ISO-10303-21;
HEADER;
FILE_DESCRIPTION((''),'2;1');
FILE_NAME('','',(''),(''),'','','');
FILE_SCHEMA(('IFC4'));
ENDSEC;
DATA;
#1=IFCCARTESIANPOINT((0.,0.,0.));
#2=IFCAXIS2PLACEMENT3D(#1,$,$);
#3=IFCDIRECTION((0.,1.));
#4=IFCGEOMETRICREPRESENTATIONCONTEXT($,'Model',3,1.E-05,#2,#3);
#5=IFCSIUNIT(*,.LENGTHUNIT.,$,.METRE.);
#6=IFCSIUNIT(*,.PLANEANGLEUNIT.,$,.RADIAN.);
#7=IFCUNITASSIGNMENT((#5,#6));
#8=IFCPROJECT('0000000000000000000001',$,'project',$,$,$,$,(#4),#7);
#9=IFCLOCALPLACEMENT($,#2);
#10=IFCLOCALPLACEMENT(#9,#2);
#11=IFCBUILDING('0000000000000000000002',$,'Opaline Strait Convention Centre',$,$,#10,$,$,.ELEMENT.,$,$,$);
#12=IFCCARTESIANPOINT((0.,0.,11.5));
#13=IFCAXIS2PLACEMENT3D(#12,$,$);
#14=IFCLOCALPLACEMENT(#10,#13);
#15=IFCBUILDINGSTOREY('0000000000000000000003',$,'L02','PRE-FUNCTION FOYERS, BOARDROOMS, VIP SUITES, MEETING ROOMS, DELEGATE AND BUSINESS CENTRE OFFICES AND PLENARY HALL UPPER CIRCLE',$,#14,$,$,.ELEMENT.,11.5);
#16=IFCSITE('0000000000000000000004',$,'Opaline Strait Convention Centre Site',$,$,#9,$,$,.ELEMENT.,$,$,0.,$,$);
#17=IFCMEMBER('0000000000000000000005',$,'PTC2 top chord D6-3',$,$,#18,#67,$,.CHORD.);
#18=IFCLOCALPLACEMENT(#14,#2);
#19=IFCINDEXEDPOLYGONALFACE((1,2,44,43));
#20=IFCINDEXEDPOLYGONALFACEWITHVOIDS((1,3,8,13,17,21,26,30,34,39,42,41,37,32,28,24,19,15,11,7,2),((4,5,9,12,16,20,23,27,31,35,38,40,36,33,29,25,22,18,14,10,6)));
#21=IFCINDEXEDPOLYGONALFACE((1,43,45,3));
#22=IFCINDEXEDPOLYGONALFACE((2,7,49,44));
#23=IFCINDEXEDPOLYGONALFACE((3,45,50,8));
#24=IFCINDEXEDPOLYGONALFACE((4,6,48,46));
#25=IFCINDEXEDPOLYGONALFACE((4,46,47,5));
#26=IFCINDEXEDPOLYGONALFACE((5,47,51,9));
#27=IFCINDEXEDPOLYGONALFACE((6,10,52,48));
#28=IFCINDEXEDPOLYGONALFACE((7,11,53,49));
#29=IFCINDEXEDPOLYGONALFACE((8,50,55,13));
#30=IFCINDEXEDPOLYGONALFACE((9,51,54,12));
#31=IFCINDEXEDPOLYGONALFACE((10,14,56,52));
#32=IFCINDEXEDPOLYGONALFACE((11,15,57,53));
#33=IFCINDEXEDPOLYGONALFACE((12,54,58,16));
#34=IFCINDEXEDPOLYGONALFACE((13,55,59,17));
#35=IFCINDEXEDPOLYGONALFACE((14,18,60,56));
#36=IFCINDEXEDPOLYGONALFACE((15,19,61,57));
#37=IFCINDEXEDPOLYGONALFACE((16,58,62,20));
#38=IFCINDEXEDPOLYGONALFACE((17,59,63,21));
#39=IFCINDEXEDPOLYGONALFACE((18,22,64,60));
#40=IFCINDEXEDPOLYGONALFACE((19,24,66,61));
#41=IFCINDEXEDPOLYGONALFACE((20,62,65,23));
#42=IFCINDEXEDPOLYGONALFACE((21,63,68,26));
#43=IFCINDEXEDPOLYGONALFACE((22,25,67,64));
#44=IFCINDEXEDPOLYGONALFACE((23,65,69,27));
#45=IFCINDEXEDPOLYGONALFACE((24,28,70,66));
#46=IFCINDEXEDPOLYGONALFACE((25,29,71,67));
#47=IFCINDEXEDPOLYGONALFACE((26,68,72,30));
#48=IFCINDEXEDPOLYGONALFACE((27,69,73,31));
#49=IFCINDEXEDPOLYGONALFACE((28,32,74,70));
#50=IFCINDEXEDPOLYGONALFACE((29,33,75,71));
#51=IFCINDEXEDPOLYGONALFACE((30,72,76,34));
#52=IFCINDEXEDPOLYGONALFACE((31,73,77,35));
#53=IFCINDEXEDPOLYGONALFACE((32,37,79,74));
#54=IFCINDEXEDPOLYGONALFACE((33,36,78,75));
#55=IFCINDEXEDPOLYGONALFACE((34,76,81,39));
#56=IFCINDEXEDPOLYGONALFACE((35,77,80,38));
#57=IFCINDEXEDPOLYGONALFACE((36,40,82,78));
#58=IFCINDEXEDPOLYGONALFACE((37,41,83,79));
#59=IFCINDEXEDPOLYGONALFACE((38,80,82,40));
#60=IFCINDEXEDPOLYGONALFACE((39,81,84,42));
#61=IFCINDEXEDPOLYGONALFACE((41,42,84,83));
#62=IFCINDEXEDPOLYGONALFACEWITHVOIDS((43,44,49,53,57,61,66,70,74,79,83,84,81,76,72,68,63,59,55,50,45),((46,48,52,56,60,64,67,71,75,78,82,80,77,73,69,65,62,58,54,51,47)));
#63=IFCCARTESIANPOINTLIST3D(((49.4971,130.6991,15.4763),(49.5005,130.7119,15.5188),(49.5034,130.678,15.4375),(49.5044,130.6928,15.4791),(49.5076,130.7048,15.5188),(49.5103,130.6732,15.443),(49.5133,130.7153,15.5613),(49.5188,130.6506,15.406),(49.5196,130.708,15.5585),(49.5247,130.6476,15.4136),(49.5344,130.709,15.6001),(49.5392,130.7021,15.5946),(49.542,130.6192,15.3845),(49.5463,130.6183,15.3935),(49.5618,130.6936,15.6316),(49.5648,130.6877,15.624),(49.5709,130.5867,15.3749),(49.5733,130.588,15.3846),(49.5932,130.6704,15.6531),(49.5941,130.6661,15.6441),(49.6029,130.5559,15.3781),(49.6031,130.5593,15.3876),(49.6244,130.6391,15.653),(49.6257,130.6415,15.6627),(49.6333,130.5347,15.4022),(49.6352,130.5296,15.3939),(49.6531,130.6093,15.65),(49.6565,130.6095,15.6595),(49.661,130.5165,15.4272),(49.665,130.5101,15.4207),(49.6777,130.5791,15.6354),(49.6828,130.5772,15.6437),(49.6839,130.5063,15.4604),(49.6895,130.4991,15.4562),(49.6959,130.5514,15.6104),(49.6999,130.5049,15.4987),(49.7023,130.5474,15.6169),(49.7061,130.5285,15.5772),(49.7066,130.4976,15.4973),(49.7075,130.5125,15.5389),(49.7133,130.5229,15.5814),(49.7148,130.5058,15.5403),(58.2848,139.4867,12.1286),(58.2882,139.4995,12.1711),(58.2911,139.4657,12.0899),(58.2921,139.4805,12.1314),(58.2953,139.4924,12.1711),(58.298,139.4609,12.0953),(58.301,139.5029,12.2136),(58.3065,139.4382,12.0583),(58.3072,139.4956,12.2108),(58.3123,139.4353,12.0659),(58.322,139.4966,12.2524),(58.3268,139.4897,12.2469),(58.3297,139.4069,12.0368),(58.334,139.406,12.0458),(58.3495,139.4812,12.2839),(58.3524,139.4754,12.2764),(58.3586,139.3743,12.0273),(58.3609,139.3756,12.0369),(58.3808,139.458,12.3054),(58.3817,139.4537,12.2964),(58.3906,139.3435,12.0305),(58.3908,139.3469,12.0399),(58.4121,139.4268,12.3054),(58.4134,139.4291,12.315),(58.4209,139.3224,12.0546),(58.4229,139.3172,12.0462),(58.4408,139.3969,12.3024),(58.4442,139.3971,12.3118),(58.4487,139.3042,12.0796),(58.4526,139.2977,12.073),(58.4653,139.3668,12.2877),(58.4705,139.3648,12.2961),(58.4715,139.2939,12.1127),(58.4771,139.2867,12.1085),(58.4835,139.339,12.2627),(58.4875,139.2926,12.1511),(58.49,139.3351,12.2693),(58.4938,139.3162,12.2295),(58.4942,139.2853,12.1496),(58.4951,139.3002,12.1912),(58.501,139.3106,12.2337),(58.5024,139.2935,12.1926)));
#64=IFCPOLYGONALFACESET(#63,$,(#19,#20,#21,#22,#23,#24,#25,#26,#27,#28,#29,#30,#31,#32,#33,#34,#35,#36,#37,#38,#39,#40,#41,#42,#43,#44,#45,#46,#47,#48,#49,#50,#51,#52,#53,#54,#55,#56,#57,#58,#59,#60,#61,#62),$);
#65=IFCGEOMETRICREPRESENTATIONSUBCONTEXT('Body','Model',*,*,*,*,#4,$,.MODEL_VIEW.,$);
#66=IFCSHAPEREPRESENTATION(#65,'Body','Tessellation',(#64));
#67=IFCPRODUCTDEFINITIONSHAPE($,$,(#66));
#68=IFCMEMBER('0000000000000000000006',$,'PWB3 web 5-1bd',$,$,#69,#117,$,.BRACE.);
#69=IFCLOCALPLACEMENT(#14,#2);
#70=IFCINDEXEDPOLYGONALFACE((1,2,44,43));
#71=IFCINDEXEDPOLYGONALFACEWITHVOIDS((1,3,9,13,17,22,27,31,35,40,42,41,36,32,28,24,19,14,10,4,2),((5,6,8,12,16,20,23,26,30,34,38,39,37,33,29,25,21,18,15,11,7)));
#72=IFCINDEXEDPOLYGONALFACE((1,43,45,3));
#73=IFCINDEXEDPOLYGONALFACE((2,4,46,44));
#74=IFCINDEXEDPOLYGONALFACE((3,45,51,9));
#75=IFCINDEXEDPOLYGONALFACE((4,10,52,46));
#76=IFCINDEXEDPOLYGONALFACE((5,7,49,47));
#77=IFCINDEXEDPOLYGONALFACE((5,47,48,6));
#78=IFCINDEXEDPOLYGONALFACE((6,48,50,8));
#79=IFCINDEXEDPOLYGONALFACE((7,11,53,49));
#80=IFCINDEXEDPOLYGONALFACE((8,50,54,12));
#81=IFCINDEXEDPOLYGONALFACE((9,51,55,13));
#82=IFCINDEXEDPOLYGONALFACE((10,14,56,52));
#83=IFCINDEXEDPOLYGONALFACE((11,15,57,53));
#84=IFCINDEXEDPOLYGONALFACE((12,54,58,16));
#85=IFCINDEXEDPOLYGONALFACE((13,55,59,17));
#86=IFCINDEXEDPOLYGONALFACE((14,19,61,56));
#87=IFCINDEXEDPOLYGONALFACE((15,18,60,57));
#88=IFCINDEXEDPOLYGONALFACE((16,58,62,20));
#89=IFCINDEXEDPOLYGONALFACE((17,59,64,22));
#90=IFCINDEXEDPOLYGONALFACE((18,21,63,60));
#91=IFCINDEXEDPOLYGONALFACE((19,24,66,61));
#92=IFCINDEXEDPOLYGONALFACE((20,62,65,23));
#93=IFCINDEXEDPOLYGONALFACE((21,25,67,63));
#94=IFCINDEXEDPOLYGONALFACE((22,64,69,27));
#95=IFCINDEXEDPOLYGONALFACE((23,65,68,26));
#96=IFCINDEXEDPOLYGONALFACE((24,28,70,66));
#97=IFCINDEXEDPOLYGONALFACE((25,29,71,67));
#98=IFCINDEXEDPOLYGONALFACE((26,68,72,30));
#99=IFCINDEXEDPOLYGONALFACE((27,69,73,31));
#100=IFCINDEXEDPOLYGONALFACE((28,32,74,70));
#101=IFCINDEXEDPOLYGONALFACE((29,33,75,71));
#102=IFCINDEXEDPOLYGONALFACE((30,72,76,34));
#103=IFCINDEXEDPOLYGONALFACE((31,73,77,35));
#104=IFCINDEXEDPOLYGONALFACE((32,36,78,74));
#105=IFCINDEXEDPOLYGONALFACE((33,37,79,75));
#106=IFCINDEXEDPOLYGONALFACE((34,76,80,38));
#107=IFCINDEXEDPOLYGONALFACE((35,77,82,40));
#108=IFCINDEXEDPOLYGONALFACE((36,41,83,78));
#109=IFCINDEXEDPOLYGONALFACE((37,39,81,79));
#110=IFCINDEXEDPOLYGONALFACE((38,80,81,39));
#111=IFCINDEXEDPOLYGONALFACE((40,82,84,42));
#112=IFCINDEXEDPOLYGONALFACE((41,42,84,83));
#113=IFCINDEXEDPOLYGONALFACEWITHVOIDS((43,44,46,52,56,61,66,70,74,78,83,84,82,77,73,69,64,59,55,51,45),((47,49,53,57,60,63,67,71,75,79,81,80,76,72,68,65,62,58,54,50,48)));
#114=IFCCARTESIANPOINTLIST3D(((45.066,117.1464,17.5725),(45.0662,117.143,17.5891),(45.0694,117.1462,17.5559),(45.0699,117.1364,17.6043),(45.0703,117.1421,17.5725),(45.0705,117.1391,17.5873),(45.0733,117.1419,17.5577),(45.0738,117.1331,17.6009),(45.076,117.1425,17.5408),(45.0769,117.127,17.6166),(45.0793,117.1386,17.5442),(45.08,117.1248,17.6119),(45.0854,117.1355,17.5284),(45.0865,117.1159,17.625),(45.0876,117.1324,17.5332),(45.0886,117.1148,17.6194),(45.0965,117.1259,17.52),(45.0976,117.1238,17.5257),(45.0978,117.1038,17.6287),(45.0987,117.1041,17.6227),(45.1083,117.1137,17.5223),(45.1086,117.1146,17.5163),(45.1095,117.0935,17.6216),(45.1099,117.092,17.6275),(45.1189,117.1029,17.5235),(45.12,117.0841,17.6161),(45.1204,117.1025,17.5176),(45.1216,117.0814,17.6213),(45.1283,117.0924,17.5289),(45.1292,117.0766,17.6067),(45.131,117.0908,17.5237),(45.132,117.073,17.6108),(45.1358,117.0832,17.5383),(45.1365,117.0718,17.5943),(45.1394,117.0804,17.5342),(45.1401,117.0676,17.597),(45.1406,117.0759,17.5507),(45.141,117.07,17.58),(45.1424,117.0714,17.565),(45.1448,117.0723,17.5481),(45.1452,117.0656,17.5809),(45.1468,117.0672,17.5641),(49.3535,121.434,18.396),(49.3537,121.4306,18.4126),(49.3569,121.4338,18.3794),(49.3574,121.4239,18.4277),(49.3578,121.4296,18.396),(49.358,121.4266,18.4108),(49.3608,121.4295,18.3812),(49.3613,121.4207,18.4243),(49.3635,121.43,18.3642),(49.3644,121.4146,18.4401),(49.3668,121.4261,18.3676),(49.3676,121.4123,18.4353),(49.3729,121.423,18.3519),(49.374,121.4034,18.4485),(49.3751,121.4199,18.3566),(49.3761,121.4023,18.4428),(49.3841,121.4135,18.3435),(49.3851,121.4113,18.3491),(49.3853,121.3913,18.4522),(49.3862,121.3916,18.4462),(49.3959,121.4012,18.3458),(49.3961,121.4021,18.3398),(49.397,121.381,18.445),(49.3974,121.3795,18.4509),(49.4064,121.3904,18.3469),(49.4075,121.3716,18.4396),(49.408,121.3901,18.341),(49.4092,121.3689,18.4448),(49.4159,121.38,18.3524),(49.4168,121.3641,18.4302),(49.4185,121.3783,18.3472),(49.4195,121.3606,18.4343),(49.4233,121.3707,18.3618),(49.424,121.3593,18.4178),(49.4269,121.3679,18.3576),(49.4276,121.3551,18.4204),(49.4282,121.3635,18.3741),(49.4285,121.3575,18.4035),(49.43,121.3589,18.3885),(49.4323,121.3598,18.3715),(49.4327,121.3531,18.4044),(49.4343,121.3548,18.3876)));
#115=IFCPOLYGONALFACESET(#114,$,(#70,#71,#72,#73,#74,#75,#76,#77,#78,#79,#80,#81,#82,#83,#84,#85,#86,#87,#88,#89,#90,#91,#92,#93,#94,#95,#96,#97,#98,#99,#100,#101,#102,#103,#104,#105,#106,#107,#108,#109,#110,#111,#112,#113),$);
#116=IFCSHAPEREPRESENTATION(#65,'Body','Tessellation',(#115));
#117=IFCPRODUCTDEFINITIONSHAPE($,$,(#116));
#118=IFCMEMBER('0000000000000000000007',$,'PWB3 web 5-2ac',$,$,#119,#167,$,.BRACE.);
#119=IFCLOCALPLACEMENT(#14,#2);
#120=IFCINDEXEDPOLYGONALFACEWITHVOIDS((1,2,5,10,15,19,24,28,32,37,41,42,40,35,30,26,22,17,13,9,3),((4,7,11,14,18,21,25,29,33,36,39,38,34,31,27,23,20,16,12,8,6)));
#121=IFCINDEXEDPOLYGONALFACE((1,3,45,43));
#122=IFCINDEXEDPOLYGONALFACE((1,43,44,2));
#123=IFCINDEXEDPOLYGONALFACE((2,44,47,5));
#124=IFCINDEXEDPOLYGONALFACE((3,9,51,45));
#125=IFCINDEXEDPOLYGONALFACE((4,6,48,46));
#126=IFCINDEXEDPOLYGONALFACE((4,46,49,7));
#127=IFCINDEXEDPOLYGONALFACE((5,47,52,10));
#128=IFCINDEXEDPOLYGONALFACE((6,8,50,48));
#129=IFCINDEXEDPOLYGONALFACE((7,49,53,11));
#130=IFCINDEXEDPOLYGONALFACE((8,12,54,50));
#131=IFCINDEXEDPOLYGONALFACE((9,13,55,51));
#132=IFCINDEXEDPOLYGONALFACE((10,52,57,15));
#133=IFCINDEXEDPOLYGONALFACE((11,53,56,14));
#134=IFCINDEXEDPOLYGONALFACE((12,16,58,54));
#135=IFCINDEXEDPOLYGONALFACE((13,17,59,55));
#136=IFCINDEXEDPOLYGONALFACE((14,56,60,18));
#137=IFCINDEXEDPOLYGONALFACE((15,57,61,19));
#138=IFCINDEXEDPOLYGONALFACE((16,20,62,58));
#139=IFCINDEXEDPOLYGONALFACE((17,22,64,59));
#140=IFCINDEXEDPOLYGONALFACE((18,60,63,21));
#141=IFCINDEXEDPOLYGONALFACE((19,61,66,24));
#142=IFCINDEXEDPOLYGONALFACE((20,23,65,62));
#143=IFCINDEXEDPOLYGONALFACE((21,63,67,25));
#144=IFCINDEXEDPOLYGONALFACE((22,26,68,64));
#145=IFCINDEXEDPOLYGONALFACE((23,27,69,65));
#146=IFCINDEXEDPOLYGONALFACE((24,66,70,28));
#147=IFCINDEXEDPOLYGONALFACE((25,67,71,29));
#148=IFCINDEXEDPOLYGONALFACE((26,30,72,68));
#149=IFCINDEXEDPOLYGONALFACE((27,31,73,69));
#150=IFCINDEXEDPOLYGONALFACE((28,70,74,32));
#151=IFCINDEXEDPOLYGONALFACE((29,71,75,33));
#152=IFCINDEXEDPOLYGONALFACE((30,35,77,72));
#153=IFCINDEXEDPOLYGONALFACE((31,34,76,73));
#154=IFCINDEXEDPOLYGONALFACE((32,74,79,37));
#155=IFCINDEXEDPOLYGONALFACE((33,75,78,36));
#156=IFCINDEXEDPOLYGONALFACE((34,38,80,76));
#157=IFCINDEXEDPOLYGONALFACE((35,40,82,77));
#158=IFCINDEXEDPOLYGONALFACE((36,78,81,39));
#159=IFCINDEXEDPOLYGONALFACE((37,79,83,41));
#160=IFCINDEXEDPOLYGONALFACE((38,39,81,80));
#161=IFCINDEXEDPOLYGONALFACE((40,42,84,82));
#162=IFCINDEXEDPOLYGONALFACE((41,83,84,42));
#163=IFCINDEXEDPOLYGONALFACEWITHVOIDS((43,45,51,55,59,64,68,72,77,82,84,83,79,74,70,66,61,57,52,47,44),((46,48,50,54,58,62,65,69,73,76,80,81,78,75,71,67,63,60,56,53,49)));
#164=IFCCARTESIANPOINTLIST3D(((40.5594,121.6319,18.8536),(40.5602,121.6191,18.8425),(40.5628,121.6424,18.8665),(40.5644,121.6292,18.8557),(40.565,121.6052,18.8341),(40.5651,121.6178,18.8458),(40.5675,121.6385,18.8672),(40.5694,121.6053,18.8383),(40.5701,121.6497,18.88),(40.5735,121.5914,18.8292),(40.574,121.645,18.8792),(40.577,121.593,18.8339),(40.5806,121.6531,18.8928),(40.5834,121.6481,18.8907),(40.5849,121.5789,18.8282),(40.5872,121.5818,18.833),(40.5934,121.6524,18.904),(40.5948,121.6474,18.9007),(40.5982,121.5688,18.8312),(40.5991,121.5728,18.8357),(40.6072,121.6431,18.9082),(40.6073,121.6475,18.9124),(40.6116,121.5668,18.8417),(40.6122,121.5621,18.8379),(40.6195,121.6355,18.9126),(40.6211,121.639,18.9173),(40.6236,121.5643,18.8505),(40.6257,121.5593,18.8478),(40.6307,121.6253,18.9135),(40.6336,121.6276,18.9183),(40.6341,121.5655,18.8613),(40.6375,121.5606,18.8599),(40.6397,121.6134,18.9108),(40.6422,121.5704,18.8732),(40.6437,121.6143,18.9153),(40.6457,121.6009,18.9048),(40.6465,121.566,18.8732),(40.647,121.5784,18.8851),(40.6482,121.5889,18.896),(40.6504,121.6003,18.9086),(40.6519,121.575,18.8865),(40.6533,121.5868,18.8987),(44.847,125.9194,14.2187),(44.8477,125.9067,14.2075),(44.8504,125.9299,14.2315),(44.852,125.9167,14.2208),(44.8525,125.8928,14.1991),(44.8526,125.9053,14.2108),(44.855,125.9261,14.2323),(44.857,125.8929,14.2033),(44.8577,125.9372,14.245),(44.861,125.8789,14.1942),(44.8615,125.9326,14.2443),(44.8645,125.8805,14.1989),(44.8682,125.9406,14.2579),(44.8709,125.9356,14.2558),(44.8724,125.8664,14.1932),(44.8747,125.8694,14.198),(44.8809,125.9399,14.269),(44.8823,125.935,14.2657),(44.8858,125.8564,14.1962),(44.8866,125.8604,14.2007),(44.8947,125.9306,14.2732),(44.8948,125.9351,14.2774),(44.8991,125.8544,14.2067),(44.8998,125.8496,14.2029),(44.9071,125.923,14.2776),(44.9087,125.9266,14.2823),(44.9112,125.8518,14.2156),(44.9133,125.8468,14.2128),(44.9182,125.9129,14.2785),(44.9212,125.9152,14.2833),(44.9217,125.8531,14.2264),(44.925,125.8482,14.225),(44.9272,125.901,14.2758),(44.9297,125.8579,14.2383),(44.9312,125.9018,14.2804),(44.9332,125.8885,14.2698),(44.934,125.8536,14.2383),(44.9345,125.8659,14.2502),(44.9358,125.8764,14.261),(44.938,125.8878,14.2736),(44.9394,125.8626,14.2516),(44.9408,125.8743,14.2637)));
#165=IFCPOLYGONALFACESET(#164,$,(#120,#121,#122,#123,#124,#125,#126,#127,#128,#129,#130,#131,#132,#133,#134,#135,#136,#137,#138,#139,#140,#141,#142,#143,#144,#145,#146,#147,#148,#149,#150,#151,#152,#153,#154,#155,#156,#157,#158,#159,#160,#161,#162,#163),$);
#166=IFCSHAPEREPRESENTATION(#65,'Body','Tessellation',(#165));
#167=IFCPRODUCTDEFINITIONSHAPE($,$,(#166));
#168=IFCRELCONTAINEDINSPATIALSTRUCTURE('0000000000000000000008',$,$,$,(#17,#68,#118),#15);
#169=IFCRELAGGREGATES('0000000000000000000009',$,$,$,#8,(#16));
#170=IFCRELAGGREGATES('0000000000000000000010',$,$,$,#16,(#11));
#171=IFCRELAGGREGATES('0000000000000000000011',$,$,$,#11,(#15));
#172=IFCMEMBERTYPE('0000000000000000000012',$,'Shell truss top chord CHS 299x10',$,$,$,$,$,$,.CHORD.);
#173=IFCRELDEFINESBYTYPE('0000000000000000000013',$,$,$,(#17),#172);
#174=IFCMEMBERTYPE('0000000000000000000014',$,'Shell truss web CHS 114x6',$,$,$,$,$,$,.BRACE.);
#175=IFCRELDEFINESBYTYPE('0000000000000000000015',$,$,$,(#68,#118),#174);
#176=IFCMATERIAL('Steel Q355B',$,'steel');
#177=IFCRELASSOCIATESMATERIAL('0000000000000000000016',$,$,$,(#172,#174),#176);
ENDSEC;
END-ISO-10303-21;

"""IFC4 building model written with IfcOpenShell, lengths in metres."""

from ifc_helpers import new_model, si_unit, direction, frame, origin, origin_2d, place, context, subcontext, project, spatial, hollow_circle, extrude, material, material_profile, profile_set, type_object, element, save


model = new_model("IFC4")

# Units and contexts
model_context = context("Model", 3, precision=1e-05, world=origin(), true_north=direction((0.0, 1.0)))
body_context = subcontext(model_context, "Body", "Model", "MODEL_VIEW")
ifc_project = project(units=[si_unit("LENGTHUNIT", "METRE"), si_unit("PLANEANGLEUNIT", "RADIAN")], contexts=[model_context])

# Site, building, storey
site_placement = place(None, origin())
site = spatial("IfcSite", under=ifc_project, at=site_placement, Name="Opaline Strait Convention Centre Site", CompositionType="ELEMENT", RefElevation=0.0)
building_placement = place(site_placement, origin())
building = spatial("IfcBuilding", under=site, at=building_placement, Name="Opaline Strait Convention Centre", CompositionType="ELEMENT")
storey_placement = place(building_placement, frame((0.0, 0.0, 11.5)))
storey = spatial("IfcBuildingStorey", under=building, at=storey_placement, Name="L02", Description="PRE-FUNCTION FOYERS, BOARDROOMS, VIP SUITES, MEETING ROOMS, DELEGATE AND BUSINESS CENTRE OFFICES AND PLENARY HALL UPPER CIRCLE", CompositionType="ELEMENT", Elevation=11.5)

# Members
ifc_material_1 = material(Name="Steel Q355B", Category="steel")
ifc_material_profile_1 = material_profile(ifc_material_1, hollow_circle(Radius=0.1494, WallThickness=0.01, at=origin_2d()), Name="CHS 299x10")
ifc_profile_set_1 = profile_set([ifc_material_profile_1], Name="Steel Q355B")
member_type_1 = type_object("IfcMemberType", Name="Shell truss top chord CHS 299x10", PredefinedType="CHORD", material=ifc_profile_set_1)
member_1_placement = place(storey_placement, frame((49.6062, 130.6062, 15.5188), z_axis=(0.682769, 0.682769, -0.260102), x_axis=(-0.707107, 0.707107, 0.0)))
element("IfcMember", 1, at=member_1_placement, inside=storey, type_object=member_type_1, Name="PTC2 top chord D6-3", PredefinedType="CHORD", context=body_context, shape_type="SweptSolid", body=[
    extrude(hollow_circle(Radius=0.1494, WallThickness=0.01, at=origin_2d()), origin(), (0.0, 0.0, 1.0), 12.8706),
])
ifc_material_profile_2 = material_profile(ifc_material_1, hollow_circle(Radius=0.0569, WallThickness=0.0061, at=origin_2d()), Name="CHS 114x6")
ifc_profile_set_2 = profile_set([ifc_material_profile_2], Name="Steel Q355B")
member_type_2 = type_object("IfcMemberType", Name="Shell truss web CHS 114x6", PredefinedType="BRACE", material=ifc_profile_set_2)
member_2_placement = place(storey_placement, frame((45.1062, 117.1062, 17.5725), z_axis=(0.700675, 0.700675, 0.134573), x_axis=(-0.707107, 0.707107, 0.0)))
element("IfcMember", 2, at=member_2_placement, inside=storey, type_object=member_type_2, Name="PWB3 web 5-1bd", PredefinedType="BRACE", context=body_context, shape_type="SweptSolid", body=[
    extrude(hollow_circle(Radius=0.0569, WallThickness=0.0061, at=origin_2d()), origin(), (0.0, 0.0, 1.0), 6.1191),
])
member_3_placement = place(storey_placement, frame((44.8938, 125.8938, 14.2383), z_axis=(-0.561778, -0.561778, 0.607298), x_axis=(0.707107, -0.707107, 0.0)))
element("IfcMember", 3, at=member_3_placement, inside=storey, type_object=member_type_2, Name="PWB3 web 5-2ac", PredefinedType="BRACE", context=body_context, shape_type="SweptSolid", body=[
    extrude(hollow_circle(Radius=0.0569, WallThickness=0.0061, at=origin_2d()), origin(), (0.0, 0.0, 1.0), 7.6321),
])

save(model, "model.ifc")
